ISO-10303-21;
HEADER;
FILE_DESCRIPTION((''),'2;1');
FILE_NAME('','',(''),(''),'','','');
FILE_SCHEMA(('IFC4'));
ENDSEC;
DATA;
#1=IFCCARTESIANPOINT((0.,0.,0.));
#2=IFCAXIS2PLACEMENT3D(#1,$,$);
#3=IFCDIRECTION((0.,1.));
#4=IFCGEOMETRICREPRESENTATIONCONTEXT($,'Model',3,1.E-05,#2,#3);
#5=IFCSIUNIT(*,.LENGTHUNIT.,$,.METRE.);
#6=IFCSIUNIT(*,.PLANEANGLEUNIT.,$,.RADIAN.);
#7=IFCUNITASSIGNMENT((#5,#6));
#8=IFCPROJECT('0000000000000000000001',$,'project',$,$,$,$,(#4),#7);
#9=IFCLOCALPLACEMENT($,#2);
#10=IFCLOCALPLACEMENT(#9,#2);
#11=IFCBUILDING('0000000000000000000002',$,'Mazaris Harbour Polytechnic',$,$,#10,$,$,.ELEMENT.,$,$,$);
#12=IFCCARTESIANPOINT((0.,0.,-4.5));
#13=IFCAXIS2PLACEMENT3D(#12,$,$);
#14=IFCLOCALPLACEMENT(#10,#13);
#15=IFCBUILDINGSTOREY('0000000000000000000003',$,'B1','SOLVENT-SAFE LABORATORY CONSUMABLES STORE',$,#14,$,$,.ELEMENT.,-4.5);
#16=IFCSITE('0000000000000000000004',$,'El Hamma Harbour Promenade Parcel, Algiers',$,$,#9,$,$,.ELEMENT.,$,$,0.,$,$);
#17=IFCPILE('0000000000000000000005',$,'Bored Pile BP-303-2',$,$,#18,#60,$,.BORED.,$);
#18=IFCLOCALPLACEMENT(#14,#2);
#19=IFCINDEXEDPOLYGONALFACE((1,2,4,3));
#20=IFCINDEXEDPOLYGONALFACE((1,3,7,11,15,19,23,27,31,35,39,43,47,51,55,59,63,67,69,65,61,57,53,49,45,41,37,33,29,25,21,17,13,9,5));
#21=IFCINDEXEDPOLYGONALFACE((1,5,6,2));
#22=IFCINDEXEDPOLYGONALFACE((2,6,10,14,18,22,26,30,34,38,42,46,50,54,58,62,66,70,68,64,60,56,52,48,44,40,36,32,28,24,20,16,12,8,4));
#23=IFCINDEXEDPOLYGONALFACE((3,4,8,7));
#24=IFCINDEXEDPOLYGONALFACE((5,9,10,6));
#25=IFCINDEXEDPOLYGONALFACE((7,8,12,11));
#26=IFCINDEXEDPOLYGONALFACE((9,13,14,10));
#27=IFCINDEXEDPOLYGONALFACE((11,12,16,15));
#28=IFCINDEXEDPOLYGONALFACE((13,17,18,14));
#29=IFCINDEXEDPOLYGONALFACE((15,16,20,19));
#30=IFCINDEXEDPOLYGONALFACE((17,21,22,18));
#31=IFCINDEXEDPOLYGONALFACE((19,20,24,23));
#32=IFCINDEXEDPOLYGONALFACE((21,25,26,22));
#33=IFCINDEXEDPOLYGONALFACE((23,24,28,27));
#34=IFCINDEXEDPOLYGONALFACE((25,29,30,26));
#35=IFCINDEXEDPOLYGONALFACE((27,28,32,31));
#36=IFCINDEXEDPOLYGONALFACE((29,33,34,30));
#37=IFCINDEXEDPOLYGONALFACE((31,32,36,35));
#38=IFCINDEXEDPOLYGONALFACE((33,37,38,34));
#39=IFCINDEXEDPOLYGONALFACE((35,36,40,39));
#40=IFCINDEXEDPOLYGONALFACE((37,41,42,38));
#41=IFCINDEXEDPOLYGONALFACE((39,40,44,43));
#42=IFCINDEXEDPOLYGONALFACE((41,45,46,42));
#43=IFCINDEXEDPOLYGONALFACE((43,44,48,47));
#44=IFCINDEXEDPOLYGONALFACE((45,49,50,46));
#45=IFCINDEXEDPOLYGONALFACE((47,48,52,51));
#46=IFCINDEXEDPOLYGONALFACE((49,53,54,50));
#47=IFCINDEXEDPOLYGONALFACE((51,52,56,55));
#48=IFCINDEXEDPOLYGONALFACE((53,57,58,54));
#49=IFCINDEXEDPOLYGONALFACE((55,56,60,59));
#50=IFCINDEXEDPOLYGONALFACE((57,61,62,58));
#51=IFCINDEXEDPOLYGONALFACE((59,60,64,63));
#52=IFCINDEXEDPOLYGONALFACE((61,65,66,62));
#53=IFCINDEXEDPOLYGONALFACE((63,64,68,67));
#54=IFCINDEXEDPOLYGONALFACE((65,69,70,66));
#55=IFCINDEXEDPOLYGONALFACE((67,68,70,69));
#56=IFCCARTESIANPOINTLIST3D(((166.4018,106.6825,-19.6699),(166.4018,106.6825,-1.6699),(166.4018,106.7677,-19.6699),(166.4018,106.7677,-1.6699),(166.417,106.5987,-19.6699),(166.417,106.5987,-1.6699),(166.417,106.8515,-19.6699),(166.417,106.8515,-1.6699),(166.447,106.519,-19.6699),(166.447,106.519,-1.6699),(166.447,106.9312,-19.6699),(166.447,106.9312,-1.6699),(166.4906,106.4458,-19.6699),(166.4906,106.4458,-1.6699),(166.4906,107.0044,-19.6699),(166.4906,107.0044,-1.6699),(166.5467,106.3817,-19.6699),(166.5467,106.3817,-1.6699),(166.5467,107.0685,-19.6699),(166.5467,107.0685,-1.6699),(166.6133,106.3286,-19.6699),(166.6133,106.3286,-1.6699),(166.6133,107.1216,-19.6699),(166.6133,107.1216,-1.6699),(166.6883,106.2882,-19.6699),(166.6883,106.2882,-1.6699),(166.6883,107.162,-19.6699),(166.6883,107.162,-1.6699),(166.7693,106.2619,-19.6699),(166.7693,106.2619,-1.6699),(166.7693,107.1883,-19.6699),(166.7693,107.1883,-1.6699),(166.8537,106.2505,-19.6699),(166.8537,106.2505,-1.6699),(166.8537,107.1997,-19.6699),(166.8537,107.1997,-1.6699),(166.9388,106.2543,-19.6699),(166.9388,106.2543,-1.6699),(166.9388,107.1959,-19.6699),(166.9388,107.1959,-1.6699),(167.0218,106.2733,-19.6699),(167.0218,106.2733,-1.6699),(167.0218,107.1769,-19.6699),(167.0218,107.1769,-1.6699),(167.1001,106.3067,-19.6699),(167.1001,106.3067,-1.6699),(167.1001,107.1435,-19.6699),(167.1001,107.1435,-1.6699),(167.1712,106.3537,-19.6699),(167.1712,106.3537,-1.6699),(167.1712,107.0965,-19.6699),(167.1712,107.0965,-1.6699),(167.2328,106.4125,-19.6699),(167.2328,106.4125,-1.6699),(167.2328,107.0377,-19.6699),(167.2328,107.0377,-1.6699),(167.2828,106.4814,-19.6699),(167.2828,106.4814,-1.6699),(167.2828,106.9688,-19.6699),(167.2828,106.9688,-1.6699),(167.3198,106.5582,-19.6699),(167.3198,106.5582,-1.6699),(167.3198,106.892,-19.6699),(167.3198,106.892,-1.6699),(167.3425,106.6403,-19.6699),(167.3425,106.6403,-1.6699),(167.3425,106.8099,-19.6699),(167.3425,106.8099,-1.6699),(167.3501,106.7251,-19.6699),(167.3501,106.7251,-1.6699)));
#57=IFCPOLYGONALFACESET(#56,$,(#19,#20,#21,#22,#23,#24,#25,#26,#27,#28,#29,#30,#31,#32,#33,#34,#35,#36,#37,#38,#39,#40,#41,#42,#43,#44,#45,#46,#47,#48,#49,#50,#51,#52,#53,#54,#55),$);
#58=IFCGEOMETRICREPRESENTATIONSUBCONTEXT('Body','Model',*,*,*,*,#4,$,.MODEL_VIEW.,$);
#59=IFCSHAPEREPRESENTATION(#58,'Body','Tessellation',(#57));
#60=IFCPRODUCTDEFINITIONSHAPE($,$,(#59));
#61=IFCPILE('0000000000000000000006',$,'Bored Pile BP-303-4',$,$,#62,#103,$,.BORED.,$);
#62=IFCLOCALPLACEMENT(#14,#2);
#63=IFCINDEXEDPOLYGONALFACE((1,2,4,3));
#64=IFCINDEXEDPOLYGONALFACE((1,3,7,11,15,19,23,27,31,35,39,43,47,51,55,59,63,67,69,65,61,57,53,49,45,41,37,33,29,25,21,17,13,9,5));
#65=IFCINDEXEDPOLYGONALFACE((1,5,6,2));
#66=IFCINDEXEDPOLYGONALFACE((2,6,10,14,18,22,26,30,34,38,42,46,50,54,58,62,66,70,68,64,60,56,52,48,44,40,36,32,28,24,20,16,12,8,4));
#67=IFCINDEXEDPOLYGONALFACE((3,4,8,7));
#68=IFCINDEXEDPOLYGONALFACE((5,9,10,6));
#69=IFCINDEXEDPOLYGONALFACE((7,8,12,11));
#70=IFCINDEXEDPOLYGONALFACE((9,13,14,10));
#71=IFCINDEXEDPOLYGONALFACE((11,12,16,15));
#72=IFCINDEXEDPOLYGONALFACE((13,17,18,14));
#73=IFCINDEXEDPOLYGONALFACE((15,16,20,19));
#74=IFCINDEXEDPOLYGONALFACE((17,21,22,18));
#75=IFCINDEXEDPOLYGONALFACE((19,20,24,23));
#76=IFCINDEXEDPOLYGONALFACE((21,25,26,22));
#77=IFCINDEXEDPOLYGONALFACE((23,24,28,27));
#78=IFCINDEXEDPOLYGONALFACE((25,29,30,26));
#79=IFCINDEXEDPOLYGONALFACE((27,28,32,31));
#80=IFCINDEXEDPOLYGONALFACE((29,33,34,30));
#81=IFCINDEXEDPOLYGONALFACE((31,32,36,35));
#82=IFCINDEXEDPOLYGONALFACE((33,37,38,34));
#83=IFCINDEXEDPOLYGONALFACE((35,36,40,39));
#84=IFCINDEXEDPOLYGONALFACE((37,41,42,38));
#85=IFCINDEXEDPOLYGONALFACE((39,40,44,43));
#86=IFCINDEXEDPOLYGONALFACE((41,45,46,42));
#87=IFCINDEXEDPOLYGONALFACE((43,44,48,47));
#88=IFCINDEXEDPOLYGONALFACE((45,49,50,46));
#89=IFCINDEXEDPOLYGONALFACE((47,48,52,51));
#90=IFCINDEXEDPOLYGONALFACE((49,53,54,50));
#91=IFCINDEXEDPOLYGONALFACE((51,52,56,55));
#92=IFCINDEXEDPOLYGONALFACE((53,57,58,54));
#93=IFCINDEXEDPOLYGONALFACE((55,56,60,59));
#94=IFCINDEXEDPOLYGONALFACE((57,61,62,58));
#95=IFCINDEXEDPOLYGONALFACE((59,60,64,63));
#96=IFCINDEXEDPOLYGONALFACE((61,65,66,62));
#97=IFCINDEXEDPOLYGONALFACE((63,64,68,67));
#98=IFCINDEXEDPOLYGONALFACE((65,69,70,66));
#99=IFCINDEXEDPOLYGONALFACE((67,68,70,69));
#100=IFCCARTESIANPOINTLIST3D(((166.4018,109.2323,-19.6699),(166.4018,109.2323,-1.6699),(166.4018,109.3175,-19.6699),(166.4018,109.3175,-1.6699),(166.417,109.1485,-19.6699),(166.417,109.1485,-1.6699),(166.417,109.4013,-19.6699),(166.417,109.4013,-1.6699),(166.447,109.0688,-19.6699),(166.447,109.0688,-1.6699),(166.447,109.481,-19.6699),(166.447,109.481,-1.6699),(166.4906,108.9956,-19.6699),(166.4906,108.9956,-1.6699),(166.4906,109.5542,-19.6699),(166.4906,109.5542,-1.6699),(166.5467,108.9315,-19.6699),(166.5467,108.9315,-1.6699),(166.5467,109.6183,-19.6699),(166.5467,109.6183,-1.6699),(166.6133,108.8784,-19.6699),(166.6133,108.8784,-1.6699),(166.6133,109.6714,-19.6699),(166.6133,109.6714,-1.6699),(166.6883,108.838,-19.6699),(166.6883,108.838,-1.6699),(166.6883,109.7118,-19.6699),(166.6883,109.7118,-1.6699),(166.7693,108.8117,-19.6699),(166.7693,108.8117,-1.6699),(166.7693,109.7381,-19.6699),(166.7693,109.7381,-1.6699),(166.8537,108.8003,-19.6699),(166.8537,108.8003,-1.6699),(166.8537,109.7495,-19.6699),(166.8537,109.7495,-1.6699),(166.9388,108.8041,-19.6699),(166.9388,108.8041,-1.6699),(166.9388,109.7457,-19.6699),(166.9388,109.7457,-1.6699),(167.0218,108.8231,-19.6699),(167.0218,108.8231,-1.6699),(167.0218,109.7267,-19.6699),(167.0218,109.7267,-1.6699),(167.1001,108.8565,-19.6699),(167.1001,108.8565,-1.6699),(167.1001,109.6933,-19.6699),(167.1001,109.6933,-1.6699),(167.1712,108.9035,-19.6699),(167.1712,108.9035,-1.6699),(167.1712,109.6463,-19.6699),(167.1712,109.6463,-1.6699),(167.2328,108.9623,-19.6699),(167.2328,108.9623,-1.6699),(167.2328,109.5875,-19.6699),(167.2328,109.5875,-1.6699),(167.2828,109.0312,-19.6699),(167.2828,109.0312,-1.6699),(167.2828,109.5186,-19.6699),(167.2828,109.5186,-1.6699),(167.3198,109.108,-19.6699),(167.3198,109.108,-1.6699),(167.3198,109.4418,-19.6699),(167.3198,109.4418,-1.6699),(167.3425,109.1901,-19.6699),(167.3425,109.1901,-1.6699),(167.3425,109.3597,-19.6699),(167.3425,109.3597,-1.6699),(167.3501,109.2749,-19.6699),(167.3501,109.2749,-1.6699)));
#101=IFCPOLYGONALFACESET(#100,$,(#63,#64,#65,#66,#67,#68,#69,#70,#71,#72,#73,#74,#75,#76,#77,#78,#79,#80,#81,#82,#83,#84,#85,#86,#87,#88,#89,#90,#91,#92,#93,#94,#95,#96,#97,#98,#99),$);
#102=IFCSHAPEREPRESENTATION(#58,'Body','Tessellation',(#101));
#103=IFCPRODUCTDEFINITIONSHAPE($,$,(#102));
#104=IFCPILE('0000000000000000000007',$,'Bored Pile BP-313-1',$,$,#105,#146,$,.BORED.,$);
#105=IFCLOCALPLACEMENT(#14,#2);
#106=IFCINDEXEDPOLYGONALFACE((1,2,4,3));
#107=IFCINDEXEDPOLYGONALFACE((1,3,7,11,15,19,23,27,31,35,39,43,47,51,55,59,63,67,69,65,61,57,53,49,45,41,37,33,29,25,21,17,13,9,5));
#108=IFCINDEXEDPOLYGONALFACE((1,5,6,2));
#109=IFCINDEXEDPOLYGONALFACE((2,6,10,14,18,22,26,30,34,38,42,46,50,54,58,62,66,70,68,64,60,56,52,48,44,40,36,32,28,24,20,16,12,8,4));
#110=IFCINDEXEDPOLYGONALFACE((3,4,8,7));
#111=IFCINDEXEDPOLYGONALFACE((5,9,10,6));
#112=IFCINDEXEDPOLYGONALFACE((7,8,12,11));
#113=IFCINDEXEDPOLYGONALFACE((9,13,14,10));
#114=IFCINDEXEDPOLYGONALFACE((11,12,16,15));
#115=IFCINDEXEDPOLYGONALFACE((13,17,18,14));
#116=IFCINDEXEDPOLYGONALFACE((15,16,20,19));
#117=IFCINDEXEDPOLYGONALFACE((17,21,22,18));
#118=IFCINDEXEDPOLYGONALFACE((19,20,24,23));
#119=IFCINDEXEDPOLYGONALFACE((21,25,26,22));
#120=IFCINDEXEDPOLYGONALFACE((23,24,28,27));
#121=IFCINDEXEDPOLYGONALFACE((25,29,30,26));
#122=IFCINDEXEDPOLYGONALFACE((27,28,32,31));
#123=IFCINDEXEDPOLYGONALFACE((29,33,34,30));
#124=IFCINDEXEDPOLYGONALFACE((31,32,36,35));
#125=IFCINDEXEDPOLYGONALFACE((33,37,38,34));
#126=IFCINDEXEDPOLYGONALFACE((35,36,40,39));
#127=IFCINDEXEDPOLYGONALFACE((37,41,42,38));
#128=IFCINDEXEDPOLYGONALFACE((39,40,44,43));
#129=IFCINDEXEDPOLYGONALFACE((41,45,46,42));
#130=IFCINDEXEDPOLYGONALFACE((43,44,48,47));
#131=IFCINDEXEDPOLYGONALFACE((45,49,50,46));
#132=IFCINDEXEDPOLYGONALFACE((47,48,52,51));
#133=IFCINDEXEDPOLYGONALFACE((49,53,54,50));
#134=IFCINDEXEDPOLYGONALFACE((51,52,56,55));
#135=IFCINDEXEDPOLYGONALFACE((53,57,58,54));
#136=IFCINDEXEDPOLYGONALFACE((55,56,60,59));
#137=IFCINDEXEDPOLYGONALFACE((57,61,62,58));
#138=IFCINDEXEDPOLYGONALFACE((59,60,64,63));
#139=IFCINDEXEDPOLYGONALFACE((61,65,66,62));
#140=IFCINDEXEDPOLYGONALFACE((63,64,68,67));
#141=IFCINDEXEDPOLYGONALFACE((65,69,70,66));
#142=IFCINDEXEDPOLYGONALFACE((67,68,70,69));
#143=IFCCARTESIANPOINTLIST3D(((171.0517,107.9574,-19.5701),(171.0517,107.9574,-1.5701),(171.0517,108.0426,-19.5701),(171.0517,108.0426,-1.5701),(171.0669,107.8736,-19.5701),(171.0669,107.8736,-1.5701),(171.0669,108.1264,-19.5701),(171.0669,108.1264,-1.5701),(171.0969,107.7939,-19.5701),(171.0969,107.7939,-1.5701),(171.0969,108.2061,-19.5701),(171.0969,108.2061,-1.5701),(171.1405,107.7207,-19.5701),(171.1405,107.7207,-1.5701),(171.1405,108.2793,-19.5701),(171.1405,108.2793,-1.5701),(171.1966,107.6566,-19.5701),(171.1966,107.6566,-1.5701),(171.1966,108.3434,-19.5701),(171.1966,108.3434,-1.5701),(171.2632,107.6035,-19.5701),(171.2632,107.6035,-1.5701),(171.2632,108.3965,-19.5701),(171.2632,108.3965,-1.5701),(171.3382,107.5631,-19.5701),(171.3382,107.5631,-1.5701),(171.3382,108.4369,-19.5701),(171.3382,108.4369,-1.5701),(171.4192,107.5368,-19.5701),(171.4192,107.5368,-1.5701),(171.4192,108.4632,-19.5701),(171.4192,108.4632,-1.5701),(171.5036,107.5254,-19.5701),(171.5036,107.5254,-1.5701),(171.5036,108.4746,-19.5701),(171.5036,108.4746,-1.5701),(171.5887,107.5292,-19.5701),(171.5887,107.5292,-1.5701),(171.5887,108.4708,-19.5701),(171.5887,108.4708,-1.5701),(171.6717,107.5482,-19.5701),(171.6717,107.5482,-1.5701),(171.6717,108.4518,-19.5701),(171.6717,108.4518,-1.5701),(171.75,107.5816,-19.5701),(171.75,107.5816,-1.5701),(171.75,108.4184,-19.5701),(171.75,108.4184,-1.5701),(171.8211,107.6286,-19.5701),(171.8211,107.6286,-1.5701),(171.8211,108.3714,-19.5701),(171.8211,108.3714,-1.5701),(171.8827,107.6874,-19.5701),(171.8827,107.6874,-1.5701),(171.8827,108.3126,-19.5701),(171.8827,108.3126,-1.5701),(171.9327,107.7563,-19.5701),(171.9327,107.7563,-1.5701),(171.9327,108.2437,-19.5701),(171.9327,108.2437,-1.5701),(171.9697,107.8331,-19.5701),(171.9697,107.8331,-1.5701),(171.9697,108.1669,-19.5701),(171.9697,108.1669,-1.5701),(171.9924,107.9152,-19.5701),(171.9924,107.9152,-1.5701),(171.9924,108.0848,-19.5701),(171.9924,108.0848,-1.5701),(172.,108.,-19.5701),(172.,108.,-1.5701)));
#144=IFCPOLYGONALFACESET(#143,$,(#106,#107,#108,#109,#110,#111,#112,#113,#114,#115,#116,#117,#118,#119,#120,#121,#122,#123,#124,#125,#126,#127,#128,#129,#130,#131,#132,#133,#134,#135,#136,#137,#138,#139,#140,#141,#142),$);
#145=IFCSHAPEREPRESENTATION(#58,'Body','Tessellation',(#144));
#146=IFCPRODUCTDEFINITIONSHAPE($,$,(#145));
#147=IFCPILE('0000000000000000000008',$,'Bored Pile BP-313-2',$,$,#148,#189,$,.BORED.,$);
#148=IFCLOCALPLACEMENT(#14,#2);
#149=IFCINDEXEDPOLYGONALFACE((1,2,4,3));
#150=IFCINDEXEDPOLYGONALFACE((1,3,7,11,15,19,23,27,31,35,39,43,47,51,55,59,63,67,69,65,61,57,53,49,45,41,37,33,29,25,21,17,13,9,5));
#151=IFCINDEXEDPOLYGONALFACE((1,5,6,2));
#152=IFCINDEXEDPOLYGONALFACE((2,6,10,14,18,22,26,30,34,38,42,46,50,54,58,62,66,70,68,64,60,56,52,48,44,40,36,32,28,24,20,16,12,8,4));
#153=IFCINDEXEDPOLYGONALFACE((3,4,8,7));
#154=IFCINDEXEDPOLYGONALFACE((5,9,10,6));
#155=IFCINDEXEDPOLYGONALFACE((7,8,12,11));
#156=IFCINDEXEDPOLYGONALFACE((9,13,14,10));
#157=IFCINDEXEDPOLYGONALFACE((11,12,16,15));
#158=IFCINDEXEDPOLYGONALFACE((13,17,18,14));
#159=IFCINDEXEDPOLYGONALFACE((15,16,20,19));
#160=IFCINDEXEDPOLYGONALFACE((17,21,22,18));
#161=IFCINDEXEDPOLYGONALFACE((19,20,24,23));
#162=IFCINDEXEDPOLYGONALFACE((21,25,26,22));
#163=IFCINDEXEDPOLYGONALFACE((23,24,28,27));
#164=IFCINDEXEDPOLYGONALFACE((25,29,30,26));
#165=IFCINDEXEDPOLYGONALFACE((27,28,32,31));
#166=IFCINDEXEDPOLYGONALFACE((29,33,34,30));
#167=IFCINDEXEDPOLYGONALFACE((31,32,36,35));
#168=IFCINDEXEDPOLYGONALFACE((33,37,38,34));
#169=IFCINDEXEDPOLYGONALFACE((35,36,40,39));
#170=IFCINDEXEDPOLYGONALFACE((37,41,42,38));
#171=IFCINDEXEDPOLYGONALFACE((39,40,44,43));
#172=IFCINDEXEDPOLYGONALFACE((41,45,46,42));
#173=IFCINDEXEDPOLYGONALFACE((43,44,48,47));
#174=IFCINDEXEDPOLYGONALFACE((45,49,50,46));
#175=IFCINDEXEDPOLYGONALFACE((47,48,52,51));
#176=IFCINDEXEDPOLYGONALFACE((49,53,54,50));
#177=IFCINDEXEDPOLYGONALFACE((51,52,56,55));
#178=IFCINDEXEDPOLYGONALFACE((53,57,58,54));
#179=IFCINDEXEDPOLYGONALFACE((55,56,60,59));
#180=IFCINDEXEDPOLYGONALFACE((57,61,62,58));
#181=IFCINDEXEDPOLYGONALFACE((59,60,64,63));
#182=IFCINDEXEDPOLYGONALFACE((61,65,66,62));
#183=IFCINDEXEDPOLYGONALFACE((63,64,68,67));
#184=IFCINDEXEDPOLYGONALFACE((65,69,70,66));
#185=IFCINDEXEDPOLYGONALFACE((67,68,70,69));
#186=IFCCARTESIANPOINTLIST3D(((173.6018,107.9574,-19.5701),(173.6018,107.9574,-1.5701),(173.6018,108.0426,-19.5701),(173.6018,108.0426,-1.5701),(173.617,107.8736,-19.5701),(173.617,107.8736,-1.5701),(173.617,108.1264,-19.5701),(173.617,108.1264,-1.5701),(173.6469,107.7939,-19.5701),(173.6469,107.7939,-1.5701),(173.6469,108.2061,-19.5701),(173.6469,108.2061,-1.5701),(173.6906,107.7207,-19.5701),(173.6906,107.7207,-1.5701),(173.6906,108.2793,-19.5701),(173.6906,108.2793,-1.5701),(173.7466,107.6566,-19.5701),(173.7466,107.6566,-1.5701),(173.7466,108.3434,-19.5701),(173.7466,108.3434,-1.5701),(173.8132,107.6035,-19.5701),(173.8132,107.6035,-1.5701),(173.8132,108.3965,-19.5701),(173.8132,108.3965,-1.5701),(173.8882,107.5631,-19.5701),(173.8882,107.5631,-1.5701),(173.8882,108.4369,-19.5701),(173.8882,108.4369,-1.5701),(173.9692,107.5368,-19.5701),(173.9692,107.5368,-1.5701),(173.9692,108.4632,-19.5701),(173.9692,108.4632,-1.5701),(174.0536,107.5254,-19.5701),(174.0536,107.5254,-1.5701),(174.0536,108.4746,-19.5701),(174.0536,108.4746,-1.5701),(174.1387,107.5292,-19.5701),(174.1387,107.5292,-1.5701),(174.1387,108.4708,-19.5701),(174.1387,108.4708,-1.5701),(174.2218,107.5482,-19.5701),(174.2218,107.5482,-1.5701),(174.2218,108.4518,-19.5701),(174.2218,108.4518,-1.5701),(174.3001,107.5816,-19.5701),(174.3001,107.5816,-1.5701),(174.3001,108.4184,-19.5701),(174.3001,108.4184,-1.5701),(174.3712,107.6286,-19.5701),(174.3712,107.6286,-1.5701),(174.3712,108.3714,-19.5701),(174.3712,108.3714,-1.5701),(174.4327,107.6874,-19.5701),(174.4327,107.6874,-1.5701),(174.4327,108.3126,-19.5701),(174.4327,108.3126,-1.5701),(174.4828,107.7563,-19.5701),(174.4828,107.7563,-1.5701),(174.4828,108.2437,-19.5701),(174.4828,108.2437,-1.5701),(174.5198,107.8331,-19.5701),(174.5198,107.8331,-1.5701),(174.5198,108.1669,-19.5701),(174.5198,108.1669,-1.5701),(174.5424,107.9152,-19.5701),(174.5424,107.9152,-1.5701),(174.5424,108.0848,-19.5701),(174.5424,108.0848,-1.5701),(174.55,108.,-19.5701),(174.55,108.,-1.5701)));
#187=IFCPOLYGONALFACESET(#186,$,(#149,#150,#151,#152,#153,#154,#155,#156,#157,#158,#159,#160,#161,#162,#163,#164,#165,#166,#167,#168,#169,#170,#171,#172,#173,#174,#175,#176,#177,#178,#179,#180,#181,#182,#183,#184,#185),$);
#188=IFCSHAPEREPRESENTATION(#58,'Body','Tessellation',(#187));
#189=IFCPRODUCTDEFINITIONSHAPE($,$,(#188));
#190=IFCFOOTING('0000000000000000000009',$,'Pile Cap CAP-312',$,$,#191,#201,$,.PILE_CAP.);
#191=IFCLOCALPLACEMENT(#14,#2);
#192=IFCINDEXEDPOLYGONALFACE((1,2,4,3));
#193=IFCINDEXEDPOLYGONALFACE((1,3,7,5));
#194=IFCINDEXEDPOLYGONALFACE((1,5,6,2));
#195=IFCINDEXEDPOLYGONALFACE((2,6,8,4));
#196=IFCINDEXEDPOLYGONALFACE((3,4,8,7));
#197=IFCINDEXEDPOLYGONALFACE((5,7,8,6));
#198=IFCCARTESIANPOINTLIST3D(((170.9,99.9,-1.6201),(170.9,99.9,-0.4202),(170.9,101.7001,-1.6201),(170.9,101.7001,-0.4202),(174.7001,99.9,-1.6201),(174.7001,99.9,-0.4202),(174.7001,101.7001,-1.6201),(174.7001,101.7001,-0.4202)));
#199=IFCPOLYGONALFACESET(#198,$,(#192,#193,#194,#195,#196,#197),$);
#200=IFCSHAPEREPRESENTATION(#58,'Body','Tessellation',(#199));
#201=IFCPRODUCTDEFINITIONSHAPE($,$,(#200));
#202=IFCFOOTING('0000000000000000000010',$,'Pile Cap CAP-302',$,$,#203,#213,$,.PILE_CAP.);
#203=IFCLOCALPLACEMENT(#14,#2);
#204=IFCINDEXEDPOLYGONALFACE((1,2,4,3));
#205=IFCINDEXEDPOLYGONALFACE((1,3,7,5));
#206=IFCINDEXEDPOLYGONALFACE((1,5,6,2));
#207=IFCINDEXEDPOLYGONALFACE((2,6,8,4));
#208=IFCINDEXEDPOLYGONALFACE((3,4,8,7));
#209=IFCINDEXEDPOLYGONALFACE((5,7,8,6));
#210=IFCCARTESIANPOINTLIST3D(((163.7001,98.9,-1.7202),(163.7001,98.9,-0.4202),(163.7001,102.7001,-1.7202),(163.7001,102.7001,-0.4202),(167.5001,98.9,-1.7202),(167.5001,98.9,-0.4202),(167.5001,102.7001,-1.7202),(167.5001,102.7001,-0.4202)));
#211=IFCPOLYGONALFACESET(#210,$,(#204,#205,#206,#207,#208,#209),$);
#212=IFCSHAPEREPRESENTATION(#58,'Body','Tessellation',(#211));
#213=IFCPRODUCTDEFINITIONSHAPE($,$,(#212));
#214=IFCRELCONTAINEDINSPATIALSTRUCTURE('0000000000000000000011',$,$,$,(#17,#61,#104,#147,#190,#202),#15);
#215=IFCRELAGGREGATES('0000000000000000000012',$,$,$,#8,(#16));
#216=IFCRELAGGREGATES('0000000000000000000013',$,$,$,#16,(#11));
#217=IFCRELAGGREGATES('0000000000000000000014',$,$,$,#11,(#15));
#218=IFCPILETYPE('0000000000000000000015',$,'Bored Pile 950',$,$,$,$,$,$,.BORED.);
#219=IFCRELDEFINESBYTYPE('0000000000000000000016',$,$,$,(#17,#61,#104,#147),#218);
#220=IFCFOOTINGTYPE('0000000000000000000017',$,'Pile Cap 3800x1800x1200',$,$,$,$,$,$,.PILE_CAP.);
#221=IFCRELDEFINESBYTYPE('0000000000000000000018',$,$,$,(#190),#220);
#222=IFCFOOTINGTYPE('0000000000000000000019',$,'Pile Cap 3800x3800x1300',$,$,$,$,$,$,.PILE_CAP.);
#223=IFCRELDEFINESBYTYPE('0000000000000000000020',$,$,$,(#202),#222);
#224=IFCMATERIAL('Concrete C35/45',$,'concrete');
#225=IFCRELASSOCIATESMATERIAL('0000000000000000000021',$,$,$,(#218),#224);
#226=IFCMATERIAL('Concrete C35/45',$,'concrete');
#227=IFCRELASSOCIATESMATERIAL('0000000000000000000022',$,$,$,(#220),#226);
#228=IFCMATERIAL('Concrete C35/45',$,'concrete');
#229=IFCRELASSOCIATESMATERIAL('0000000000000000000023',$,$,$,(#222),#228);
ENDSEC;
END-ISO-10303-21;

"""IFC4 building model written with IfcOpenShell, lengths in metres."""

from ifc_helpers import new_model, si_unit, direction, frame, origin, origin_2d, place, context, subcontext, project, spatial, rectangle, circle, extrude, material, material_profile, profile_set, type_object, element, save


model = new_model("IFC4")

# Units and contexts
model_context = context("Model", 3, precision=1e-05, world=origin(), true_north=direction((0.0, 1.0)))
body_context = subcontext(model_context, "Body", "Model", "MODEL_VIEW")
ifc_project = project(units=[si_unit("LENGTHUNIT", "METRE"), si_unit("PLANEANGLEUNIT", "RADIAN")], contexts=[model_context])

# Site, building, storey
site_placement = place(None, origin())
site = spatial("IfcSite", under=ifc_project, at=site_placement, Name="El Hamma Harbour Promenade Parcel, Algiers", CompositionType="ELEMENT", RefElevation=0.0)
building_placement = place(site_placement, origin())
building = spatial("IfcBuilding", under=site, at=building_placement, Name="Mazaris Harbour Polytechnic", CompositionType="ELEMENT")
storey_placement = place(building_placement, frame((0.0, 0.0, -4.5)))
storey = spatial("IfcBuildingStorey", under=building, at=storey_placement, Name="B1", Description="SOLVENT-SAFE LABORATORY CONSUMABLES STORE", CompositionType="ELEMENT", Elevation=-4.5)

# Piles
ifc_material_1 = material(Name="Concrete C35/45", Category="concrete")
ifc_material_profile_1 = material_profile(ifc_material_1, circle(Radius=0.4751, at=origin_2d()), Name="DIA950")
ifc_profile_set_1 = profile_set([ifc_material_profile_1], Name="Concrete C35/45")
pile_type_1 = type_object("IfcPileType", Name="Bored Pile 950", PredefinedType="BORED", material=ifc_profile_set_1)
for number, where, z_axis, x_axis, name in (
    (1, (166.875, 106.7251, -1.6699), (0.0, 0.0, -1.0), (1.0, 0.0, 0.0), "Bored Pile BP-303-2"),
    (2, (166.875, 109.2749, -1.6699), (0.0, 0.0, -1.0), (1.0, 0.0, 0.0), "Bored Pile BP-303-4"),
    (3, (171.5249, 108.0, -1.5701), (0.0, 0.0, -1.0), (1.0, 0.0, 0.0), "Bored Pile BP-313-1"),
    (4, (174.075, 108.0, -1.5701), (0.0, 0.0, -1.0), (1.0, 0.0, 0.0), "Bored Pile BP-313-2"),
):
    element("IfcPile", number, at=place(storey_placement, frame(where, z_axis=z_axis, x_axis=x_axis)), inside=storey, type_object=pile_type_1, Name=name, PredefinedType="BORED", context=body_context, shape_type="SweptSolid", body=[
        extrude(circle(Radius=0.4751, at=origin_2d()), origin(), (0.0, 0.0, 1.0), 18.0),
    ])

# Footings
ifc_material_2 = material(Name="Concrete C35/45", Category="concrete")
footing_type_1 = type_object("IfcFootingType", Name="Pile Cap 3800x1800x1200", PredefinedType="PILE_CAP", material=ifc_material_2)
footing_1_placement = place(storey_placement, frame((172.8, 100.8, -1.6201), z_axis=(0.0, 0.0, 1.0), x_axis=(1.0, 0.0, 0.0)))
element("IfcFooting", 5, at=footing_1_placement, inside=storey, type_object=footing_type_1, Name="Pile Cap CAP-312", PredefinedType="PILE_CAP", context=body_context, shape_type="SweptSolid", body=[
    extrude(rectangle(XDim=3.8, YDim=1.8, at=origin_2d()), origin(), (0.0, 0.0, 1.0), 1.2),
])
ifc_material_3 = material(Name="Concrete C35/45", Category="concrete")
footing_type_2 = type_object("IfcFootingType", Name="Pile Cap 3800x3800x1300", PredefinedType="PILE_CAP", material=ifc_material_3)
footing_2_placement = place(storey_placement, frame((165.6001, 100.8, -1.7202), z_axis=(0.0, 0.0, 1.0), x_axis=(1.0, 0.0, 0.0)))
element("IfcFooting", 6, at=footing_2_placement, inside=storey, type_object=footing_type_2, Name="Pile Cap CAP-302", PredefinedType="PILE_CAP", context=body_context, shape_type="SweptSolid", body=[
    extrude(rectangle(XDim=3.8, YDim=3.8, at=origin_2d()), origin(), (0.0, 0.0, 1.0), 1.3),
])

save(model, "model.ifc")
